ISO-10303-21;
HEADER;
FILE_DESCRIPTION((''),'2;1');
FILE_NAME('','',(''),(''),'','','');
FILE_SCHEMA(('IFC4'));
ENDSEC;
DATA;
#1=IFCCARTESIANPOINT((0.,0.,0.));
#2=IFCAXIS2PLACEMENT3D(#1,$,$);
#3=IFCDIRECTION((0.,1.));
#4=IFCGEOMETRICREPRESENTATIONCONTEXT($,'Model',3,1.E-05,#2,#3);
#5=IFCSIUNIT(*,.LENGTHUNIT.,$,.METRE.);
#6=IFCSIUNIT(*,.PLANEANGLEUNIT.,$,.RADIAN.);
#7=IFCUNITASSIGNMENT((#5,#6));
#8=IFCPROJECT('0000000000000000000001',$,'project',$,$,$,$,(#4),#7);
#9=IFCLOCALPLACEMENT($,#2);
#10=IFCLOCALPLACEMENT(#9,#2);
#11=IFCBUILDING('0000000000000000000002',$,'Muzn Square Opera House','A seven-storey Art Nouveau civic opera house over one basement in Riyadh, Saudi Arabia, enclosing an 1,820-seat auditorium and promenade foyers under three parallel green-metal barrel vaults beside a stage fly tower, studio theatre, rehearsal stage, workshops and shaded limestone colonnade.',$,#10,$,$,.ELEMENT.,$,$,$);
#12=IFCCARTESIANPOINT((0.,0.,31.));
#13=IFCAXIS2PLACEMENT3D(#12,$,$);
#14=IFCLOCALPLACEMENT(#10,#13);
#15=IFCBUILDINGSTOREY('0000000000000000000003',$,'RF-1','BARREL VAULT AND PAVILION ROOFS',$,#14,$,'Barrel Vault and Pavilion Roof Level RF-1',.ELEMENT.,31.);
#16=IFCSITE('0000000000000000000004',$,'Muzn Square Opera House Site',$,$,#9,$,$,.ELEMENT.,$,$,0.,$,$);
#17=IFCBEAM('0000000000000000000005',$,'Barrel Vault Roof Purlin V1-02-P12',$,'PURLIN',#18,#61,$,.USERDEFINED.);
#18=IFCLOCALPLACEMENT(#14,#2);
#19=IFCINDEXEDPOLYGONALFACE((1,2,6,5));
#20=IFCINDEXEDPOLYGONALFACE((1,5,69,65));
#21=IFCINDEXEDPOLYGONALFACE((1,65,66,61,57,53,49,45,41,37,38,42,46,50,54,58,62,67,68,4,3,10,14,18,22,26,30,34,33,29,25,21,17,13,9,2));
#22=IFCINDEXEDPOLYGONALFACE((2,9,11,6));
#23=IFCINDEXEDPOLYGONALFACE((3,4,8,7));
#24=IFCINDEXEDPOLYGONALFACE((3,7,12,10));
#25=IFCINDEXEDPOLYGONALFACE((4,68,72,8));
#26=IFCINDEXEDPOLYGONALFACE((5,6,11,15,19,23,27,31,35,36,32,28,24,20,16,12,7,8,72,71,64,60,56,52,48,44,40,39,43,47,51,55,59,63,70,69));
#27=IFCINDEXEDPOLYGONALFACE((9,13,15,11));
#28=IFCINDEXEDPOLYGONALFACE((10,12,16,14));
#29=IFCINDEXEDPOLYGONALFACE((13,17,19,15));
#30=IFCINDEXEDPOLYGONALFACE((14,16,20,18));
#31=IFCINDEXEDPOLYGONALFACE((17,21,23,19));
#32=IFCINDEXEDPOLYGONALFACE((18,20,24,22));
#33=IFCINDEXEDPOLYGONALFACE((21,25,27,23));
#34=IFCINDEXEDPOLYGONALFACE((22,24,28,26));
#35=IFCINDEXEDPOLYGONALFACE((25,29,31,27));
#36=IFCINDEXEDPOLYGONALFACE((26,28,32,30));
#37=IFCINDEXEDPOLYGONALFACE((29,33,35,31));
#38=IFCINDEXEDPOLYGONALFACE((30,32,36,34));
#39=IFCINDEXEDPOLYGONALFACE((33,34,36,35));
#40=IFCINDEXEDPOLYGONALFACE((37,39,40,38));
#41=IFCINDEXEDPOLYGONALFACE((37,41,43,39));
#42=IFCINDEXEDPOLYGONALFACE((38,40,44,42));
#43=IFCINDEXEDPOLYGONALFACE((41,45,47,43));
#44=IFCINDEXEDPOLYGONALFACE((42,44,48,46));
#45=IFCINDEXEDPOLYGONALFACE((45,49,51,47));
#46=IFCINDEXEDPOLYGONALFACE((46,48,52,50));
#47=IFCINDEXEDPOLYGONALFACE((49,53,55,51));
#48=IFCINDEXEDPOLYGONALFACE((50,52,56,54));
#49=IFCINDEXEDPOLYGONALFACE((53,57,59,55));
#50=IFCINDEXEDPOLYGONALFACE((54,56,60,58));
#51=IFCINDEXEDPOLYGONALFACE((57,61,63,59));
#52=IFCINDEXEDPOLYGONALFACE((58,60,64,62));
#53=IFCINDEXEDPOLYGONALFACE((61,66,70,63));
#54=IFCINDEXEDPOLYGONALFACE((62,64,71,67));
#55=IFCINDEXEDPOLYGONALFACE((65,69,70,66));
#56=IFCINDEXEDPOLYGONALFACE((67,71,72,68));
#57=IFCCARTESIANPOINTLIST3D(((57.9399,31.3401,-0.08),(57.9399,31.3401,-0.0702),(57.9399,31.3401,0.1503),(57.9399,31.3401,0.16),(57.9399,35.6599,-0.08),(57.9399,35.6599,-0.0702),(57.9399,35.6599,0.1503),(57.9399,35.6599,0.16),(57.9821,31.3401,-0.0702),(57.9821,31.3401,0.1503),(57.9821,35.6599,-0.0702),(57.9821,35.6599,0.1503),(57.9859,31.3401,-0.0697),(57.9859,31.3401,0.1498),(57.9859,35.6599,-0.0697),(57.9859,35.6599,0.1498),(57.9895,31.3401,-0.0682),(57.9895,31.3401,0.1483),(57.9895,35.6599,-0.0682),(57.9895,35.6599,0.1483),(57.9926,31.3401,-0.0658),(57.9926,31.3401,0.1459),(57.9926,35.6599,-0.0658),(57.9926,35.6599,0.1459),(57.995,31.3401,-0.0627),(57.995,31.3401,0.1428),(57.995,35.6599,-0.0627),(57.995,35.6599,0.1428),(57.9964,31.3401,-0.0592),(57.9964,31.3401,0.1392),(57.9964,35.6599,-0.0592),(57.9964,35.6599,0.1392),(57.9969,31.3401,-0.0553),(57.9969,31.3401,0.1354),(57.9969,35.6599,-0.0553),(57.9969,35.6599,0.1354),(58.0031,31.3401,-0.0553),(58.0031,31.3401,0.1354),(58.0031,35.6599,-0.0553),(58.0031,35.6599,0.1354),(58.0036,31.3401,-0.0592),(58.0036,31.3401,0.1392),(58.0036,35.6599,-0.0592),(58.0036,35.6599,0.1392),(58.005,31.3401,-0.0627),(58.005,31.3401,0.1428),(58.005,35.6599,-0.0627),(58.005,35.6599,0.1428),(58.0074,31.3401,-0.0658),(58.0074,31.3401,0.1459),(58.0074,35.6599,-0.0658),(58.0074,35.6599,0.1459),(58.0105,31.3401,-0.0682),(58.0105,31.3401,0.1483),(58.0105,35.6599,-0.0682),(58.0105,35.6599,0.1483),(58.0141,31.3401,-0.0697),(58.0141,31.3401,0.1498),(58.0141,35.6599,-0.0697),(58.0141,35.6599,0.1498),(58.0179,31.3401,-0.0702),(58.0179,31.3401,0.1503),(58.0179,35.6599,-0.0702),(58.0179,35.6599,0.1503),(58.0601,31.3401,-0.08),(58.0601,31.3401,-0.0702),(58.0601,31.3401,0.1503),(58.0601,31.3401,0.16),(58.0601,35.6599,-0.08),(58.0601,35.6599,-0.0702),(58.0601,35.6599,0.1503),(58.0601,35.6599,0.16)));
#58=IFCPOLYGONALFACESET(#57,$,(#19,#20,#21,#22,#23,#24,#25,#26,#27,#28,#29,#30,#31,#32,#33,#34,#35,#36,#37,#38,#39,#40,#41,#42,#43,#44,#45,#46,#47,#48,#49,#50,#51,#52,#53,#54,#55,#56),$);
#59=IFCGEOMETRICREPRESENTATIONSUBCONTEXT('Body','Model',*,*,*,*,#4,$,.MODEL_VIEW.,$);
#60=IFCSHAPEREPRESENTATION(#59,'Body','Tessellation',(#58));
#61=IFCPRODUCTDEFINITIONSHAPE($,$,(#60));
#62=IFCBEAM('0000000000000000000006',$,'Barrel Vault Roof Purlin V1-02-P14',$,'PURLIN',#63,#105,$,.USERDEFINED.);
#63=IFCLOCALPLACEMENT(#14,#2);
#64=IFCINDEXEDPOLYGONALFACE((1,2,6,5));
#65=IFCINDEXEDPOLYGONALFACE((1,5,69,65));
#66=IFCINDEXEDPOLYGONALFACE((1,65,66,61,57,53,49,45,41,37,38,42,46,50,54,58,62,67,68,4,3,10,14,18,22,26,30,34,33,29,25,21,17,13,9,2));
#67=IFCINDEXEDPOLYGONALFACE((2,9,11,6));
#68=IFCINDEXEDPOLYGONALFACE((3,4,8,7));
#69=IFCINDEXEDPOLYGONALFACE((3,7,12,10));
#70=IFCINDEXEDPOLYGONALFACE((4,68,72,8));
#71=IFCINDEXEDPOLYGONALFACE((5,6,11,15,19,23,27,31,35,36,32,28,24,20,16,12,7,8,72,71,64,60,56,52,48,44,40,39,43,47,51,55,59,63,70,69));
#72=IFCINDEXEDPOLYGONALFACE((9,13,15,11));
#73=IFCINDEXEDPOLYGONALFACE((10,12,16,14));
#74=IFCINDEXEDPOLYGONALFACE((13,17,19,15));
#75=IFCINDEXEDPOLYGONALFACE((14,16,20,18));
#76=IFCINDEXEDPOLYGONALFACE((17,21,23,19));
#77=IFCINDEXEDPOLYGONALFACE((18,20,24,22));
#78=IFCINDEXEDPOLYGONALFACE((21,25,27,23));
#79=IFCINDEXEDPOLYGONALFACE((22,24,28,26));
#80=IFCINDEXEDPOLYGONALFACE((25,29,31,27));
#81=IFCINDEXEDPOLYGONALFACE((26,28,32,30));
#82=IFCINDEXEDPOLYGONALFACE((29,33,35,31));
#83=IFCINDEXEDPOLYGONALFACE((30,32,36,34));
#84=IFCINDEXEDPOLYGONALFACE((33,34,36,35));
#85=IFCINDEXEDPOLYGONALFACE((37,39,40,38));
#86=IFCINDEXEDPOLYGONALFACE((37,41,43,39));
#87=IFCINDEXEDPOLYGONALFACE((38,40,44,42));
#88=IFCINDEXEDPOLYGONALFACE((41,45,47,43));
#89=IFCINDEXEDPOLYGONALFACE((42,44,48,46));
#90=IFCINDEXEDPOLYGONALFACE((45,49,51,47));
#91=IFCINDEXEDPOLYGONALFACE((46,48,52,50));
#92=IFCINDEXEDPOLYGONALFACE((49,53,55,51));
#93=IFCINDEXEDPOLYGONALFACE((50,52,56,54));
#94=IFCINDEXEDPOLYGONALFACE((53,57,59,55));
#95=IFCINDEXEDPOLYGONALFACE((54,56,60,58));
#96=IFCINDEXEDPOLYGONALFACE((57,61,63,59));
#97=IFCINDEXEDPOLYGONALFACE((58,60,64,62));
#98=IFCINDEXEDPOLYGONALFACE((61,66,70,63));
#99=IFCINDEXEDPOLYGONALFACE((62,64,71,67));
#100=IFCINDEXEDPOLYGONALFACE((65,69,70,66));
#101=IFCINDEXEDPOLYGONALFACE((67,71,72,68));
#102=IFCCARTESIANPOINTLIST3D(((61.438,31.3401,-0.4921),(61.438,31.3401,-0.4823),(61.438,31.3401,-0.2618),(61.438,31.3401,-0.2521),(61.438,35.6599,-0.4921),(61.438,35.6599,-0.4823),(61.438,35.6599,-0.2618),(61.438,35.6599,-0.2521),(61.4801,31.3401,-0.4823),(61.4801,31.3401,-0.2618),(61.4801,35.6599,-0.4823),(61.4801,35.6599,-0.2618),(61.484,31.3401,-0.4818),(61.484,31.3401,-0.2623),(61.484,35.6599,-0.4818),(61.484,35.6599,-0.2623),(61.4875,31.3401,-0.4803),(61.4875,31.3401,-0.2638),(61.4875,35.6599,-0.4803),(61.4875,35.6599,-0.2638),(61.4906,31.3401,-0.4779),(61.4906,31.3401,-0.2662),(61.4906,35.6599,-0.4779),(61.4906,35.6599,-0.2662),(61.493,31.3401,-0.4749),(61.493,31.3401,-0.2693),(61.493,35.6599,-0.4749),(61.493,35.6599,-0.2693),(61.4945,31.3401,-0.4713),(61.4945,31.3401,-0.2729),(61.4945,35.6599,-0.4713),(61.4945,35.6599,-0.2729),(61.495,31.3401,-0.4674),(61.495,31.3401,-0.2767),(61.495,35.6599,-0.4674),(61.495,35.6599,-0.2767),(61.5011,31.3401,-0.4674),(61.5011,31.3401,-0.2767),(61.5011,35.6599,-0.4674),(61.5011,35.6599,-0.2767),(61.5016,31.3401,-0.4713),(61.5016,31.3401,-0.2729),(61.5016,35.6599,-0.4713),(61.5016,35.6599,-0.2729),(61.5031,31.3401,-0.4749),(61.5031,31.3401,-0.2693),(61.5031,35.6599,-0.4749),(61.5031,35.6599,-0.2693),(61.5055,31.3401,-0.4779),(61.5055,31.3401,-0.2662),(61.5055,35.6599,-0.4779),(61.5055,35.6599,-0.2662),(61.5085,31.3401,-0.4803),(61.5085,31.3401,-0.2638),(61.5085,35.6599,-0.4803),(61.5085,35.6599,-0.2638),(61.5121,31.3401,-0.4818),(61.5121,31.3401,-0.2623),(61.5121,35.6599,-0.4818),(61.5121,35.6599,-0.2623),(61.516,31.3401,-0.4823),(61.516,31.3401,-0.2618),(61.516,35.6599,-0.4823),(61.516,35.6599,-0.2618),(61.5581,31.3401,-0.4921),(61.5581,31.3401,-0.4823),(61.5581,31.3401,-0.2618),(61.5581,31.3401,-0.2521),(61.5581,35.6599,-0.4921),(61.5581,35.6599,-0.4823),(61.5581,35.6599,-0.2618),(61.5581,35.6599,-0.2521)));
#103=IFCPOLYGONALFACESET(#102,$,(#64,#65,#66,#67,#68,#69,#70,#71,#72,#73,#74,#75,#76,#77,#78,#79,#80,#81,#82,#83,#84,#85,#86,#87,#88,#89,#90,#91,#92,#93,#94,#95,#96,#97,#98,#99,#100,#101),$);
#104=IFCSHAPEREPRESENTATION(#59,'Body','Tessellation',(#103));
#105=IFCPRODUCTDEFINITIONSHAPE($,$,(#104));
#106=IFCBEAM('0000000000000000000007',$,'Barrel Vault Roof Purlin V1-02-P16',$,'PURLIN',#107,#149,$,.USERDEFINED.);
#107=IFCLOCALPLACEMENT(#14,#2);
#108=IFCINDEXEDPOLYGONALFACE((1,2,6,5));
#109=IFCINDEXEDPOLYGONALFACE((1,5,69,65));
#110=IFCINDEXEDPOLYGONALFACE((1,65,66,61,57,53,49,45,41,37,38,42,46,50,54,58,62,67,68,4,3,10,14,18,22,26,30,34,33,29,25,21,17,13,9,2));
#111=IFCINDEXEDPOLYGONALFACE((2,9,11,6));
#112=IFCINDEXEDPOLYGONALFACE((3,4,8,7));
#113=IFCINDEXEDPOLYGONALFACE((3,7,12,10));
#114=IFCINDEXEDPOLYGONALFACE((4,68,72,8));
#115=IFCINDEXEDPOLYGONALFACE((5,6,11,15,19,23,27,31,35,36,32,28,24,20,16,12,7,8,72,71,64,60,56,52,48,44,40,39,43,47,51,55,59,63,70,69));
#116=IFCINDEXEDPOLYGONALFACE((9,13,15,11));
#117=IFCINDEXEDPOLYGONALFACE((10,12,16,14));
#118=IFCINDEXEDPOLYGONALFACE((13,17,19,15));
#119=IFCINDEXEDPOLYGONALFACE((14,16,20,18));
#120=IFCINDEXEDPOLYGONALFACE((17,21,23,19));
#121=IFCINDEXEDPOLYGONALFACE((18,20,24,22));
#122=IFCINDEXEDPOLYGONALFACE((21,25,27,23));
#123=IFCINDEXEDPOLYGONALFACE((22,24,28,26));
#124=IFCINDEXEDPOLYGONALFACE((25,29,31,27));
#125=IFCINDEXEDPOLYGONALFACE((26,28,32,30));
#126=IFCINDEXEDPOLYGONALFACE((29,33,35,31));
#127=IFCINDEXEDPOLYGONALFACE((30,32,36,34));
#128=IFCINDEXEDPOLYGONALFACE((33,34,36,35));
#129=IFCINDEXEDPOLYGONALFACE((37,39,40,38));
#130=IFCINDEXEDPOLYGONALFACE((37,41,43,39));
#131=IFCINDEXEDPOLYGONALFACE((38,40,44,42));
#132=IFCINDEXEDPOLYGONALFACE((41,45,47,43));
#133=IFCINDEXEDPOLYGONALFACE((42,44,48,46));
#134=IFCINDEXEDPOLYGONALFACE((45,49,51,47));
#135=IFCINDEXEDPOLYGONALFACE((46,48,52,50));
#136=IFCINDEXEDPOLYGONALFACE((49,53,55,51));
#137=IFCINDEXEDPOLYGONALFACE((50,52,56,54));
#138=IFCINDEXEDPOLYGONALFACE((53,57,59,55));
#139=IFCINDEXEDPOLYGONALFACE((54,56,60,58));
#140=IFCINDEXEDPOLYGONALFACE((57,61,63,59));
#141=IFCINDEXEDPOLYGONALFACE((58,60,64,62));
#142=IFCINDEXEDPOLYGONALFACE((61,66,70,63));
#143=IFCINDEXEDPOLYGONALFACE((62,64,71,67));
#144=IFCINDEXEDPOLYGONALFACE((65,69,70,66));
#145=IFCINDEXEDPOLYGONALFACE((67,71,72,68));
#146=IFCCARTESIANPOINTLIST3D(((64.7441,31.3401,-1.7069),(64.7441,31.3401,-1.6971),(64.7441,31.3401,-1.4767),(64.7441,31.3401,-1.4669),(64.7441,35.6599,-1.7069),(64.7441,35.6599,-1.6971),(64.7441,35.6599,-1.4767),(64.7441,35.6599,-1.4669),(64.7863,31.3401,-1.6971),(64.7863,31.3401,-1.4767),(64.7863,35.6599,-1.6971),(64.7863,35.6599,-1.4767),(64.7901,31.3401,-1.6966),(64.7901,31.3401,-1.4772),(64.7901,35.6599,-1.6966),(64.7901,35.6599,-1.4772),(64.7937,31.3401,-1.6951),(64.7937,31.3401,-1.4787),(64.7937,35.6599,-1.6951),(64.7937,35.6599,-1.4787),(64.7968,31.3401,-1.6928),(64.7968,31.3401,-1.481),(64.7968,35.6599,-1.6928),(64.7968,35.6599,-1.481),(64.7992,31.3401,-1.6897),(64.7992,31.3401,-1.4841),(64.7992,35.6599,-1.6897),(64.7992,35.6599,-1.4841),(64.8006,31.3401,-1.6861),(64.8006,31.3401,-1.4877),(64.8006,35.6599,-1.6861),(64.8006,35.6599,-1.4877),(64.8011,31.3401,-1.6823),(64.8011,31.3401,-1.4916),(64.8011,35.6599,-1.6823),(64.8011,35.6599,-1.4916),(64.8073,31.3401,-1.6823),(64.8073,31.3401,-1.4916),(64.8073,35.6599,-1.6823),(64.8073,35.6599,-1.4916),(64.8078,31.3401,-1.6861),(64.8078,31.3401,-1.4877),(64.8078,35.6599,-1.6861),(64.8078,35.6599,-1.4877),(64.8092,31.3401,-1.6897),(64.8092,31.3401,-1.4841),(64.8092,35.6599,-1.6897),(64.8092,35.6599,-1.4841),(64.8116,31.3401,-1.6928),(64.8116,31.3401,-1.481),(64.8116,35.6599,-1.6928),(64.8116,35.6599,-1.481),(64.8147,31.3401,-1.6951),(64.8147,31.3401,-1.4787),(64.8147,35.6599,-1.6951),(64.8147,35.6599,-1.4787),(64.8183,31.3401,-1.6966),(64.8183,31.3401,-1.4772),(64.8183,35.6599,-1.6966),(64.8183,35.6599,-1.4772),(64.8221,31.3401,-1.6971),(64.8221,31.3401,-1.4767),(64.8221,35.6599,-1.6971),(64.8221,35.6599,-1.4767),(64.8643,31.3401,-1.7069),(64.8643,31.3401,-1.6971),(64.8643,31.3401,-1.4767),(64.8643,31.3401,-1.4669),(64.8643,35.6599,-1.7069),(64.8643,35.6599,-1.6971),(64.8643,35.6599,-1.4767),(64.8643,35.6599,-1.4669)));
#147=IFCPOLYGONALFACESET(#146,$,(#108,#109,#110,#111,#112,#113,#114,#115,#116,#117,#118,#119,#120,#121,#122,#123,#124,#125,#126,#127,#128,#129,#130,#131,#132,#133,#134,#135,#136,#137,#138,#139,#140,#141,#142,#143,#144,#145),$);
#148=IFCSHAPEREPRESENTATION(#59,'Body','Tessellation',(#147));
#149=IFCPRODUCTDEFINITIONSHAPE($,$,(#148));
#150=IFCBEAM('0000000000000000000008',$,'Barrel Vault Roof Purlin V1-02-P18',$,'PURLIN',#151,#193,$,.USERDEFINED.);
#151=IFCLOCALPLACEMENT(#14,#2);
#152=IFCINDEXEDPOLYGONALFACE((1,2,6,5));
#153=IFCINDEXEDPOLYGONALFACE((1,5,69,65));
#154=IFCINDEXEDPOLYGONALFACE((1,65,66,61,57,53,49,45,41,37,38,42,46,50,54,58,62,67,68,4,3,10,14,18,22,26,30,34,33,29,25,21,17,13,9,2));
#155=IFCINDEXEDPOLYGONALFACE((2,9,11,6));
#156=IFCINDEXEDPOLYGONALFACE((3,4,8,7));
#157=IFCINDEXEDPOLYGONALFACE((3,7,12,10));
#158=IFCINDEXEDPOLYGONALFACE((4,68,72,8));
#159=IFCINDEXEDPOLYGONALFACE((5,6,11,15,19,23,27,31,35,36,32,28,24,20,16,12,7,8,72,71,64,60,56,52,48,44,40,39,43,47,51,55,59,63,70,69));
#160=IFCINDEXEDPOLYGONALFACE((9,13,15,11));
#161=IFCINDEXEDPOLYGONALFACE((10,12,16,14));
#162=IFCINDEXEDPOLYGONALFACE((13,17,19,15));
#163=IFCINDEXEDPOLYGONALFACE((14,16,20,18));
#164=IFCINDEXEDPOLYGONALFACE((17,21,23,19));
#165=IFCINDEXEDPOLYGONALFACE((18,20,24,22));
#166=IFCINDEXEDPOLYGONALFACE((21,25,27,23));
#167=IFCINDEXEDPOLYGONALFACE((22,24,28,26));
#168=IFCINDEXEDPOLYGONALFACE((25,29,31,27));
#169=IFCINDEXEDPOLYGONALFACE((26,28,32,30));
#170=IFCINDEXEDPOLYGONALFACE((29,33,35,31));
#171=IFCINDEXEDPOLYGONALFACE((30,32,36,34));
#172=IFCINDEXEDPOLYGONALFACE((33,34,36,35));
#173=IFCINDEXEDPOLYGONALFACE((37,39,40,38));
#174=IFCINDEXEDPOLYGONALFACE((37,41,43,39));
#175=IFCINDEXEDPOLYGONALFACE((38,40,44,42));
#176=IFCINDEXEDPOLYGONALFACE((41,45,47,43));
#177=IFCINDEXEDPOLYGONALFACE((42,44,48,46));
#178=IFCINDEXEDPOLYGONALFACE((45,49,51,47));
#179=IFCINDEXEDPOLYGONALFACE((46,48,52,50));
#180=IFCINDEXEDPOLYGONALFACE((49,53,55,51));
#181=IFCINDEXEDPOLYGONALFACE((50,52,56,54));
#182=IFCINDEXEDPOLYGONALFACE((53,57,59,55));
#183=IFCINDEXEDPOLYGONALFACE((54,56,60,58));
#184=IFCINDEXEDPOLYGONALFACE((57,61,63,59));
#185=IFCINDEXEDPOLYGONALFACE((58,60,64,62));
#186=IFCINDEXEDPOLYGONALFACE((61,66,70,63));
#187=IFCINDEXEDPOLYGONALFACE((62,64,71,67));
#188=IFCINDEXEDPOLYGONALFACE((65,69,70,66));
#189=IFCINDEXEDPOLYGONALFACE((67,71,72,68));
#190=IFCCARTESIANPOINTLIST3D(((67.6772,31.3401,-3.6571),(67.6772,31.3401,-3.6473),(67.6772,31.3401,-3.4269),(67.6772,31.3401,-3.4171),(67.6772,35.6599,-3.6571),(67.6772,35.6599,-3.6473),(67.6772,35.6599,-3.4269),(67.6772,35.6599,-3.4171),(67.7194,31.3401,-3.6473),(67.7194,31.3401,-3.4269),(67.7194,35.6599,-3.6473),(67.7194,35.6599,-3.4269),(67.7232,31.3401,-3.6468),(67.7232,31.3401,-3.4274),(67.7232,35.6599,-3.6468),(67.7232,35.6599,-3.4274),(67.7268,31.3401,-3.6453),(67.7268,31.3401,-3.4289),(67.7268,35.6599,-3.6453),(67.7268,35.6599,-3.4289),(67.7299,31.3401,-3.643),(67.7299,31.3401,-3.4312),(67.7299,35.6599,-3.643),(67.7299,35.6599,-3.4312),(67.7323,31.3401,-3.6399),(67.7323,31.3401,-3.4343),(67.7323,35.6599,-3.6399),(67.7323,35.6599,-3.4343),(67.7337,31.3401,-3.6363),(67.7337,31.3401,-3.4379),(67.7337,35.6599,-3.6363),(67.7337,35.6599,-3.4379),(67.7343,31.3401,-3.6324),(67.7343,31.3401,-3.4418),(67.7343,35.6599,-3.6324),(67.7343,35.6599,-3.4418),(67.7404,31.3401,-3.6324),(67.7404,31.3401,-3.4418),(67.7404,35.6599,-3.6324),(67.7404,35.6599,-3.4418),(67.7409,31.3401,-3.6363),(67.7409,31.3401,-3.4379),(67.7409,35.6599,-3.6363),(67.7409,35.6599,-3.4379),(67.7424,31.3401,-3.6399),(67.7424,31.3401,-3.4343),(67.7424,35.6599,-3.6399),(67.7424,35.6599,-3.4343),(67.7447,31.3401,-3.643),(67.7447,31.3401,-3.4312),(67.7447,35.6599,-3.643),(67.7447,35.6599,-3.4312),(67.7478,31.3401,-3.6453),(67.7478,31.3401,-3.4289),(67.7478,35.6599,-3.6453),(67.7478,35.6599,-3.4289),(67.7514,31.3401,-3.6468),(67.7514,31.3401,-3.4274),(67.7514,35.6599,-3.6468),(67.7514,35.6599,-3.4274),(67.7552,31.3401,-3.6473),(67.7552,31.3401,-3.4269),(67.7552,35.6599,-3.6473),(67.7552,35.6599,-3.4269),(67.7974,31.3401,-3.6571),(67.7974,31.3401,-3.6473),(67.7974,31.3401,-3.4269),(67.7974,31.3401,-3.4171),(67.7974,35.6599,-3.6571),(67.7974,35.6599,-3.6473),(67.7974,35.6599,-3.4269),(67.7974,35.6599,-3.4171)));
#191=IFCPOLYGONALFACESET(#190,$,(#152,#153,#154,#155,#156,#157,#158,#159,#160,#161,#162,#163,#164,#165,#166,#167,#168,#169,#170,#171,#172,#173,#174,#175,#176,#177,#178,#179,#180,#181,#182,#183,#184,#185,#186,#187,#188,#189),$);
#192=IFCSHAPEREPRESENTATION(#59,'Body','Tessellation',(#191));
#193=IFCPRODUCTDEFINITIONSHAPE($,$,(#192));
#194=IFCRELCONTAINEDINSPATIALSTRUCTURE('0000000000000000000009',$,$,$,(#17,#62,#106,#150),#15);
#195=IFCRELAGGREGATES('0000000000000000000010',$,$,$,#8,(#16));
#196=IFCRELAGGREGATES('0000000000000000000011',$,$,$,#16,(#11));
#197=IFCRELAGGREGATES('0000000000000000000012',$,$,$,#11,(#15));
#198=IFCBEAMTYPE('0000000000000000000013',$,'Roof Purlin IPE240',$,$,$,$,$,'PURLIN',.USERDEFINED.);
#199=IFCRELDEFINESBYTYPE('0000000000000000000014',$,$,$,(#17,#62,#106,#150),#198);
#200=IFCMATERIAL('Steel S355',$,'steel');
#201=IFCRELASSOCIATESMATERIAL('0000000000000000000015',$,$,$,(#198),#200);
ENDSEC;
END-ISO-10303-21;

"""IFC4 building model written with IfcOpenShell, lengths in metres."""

from ifc_helpers import new_model, si_unit, direction, frame, origin, origin_2d, place, context, subcontext, project, spatial, i_section, extrude, material, material_profile, profile_set, type_object, element, save


model = new_model("IFC4")

# Units and contexts
model_context = context("Model", 3, precision=1e-05, world=origin(), true_north=direction((0.0, 1.0)))
body_context = subcontext(model_context, "Body", "Model", "MODEL_VIEW")
ifc_project = project(units=[si_unit("LENGTHUNIT", "METRE"), si_unit("PLANEANGLEUNIT", "RADIAN")], contexts=[model_context])

# Site, building, storey
site_placement = place(None, origin())
site = spatial("IfcSite", under=ifc_project, at=site_placement, Name="Muzn Square Opera House Site", CompositionType="ELEMENT", RefElevation=0.0)
building_placement = place(site_placement, origin())
building = spatial("IfcBuilding", under=site, at=building_placement, Name="Muzn Square Opera House", Description="A seven-storey Art Nouveau civic opera house over one basement in Riyadh, Saudi Arabia, enclosing an 1,820-seat auditorium and promenade foyers under three parallel green-metal barrel vaults beside a stage fly tower, studio theatre, rehearsal stage, workshops and shaded limestone colonnade.", CompositionType="ELEMENT")
storey_placement = place(building_placement, frame((0.0, 0.0, 31.0)))
storey = spatial("IfcBuildingStorey", under=building, at=storey_placement, Name="RF-1", Description="BARREL VAULT AND PAVILION ROOFS", LongName="Barrel Vault and Pavilion Roof Level RF-1", CompositionType="ELEMENT", Elevation=31.0)

# Beams
ifc_material_1 = material(Name="Steel S355", Category="steel")
ifc_material_profile_1 = material_profile(ifc_material_1, i_section(OverallWidth=0.1201, OverallDepth=0.24, WebThickness=0.0061, FlangeThickness=0.0098, FilletRadius=0.0149, at=origin_2d()), Name="IPE 240", Category="steel")
ifc_profile_set_1 = profile_set([ifc_material_profile_1], Name="Steel S355")
beam_type_1 = type_object("IfcBeamType", Name="Roof Purlin IPE240", ElementType="PURLIN", PredefinedType="USERDEFINED", material=ifc_profile_set_1)
for number, where, z_axis, x_axis, name in (
    (1, (58.0, 31.3401, 0.04), (0.0, 1.0, 0.0), (-1.0, 0.0, 0.0), "Barrel Vault Roof Purlin V1-02-P12"),
    (2, (61.498, 31.3401, -0.3721), (0.0, 1.0, 0.0), (-1.0, 0.0, 0.0), "Barrel Vault Roof Purlin V1-02-P14"),
    (3, (64.8042, 31.3401, -1.5869), (0.0, 1.0, 0.0), (-1.0, 0.0, 0.0), "Barrel Vault Roof Purlin V1-02-P16"),
    (4, (67.7373, 31.3401, -3.5371), (0.0, 1.0, 0.0), (-1.0, 0.0, 0.0), "Barrel Vault Roof Purlin V1-02-P18"),
):
    element("IfcBeam", number, at=place(storey_placement, frame(where, z_axis=z_axis, x_axis=x_axis)), inside=storey, type_object=beam_type_1, Name=name, ObjectType="PURLIN", PredefinedType="USERDEFINED", context=body_context, shape_type="SweptSolid", body=[
        extrude(i_section(OverallWidth=0.1201, OverallDepth=0.24, WebThickness=0.0061, FlangeThickness=0.0098, FilletRadius=0.0149, at=origin_2d()), origin(), (0.0, 0.0, 1.0), 4.3198),
    ])

save(model, "model.ifc")
